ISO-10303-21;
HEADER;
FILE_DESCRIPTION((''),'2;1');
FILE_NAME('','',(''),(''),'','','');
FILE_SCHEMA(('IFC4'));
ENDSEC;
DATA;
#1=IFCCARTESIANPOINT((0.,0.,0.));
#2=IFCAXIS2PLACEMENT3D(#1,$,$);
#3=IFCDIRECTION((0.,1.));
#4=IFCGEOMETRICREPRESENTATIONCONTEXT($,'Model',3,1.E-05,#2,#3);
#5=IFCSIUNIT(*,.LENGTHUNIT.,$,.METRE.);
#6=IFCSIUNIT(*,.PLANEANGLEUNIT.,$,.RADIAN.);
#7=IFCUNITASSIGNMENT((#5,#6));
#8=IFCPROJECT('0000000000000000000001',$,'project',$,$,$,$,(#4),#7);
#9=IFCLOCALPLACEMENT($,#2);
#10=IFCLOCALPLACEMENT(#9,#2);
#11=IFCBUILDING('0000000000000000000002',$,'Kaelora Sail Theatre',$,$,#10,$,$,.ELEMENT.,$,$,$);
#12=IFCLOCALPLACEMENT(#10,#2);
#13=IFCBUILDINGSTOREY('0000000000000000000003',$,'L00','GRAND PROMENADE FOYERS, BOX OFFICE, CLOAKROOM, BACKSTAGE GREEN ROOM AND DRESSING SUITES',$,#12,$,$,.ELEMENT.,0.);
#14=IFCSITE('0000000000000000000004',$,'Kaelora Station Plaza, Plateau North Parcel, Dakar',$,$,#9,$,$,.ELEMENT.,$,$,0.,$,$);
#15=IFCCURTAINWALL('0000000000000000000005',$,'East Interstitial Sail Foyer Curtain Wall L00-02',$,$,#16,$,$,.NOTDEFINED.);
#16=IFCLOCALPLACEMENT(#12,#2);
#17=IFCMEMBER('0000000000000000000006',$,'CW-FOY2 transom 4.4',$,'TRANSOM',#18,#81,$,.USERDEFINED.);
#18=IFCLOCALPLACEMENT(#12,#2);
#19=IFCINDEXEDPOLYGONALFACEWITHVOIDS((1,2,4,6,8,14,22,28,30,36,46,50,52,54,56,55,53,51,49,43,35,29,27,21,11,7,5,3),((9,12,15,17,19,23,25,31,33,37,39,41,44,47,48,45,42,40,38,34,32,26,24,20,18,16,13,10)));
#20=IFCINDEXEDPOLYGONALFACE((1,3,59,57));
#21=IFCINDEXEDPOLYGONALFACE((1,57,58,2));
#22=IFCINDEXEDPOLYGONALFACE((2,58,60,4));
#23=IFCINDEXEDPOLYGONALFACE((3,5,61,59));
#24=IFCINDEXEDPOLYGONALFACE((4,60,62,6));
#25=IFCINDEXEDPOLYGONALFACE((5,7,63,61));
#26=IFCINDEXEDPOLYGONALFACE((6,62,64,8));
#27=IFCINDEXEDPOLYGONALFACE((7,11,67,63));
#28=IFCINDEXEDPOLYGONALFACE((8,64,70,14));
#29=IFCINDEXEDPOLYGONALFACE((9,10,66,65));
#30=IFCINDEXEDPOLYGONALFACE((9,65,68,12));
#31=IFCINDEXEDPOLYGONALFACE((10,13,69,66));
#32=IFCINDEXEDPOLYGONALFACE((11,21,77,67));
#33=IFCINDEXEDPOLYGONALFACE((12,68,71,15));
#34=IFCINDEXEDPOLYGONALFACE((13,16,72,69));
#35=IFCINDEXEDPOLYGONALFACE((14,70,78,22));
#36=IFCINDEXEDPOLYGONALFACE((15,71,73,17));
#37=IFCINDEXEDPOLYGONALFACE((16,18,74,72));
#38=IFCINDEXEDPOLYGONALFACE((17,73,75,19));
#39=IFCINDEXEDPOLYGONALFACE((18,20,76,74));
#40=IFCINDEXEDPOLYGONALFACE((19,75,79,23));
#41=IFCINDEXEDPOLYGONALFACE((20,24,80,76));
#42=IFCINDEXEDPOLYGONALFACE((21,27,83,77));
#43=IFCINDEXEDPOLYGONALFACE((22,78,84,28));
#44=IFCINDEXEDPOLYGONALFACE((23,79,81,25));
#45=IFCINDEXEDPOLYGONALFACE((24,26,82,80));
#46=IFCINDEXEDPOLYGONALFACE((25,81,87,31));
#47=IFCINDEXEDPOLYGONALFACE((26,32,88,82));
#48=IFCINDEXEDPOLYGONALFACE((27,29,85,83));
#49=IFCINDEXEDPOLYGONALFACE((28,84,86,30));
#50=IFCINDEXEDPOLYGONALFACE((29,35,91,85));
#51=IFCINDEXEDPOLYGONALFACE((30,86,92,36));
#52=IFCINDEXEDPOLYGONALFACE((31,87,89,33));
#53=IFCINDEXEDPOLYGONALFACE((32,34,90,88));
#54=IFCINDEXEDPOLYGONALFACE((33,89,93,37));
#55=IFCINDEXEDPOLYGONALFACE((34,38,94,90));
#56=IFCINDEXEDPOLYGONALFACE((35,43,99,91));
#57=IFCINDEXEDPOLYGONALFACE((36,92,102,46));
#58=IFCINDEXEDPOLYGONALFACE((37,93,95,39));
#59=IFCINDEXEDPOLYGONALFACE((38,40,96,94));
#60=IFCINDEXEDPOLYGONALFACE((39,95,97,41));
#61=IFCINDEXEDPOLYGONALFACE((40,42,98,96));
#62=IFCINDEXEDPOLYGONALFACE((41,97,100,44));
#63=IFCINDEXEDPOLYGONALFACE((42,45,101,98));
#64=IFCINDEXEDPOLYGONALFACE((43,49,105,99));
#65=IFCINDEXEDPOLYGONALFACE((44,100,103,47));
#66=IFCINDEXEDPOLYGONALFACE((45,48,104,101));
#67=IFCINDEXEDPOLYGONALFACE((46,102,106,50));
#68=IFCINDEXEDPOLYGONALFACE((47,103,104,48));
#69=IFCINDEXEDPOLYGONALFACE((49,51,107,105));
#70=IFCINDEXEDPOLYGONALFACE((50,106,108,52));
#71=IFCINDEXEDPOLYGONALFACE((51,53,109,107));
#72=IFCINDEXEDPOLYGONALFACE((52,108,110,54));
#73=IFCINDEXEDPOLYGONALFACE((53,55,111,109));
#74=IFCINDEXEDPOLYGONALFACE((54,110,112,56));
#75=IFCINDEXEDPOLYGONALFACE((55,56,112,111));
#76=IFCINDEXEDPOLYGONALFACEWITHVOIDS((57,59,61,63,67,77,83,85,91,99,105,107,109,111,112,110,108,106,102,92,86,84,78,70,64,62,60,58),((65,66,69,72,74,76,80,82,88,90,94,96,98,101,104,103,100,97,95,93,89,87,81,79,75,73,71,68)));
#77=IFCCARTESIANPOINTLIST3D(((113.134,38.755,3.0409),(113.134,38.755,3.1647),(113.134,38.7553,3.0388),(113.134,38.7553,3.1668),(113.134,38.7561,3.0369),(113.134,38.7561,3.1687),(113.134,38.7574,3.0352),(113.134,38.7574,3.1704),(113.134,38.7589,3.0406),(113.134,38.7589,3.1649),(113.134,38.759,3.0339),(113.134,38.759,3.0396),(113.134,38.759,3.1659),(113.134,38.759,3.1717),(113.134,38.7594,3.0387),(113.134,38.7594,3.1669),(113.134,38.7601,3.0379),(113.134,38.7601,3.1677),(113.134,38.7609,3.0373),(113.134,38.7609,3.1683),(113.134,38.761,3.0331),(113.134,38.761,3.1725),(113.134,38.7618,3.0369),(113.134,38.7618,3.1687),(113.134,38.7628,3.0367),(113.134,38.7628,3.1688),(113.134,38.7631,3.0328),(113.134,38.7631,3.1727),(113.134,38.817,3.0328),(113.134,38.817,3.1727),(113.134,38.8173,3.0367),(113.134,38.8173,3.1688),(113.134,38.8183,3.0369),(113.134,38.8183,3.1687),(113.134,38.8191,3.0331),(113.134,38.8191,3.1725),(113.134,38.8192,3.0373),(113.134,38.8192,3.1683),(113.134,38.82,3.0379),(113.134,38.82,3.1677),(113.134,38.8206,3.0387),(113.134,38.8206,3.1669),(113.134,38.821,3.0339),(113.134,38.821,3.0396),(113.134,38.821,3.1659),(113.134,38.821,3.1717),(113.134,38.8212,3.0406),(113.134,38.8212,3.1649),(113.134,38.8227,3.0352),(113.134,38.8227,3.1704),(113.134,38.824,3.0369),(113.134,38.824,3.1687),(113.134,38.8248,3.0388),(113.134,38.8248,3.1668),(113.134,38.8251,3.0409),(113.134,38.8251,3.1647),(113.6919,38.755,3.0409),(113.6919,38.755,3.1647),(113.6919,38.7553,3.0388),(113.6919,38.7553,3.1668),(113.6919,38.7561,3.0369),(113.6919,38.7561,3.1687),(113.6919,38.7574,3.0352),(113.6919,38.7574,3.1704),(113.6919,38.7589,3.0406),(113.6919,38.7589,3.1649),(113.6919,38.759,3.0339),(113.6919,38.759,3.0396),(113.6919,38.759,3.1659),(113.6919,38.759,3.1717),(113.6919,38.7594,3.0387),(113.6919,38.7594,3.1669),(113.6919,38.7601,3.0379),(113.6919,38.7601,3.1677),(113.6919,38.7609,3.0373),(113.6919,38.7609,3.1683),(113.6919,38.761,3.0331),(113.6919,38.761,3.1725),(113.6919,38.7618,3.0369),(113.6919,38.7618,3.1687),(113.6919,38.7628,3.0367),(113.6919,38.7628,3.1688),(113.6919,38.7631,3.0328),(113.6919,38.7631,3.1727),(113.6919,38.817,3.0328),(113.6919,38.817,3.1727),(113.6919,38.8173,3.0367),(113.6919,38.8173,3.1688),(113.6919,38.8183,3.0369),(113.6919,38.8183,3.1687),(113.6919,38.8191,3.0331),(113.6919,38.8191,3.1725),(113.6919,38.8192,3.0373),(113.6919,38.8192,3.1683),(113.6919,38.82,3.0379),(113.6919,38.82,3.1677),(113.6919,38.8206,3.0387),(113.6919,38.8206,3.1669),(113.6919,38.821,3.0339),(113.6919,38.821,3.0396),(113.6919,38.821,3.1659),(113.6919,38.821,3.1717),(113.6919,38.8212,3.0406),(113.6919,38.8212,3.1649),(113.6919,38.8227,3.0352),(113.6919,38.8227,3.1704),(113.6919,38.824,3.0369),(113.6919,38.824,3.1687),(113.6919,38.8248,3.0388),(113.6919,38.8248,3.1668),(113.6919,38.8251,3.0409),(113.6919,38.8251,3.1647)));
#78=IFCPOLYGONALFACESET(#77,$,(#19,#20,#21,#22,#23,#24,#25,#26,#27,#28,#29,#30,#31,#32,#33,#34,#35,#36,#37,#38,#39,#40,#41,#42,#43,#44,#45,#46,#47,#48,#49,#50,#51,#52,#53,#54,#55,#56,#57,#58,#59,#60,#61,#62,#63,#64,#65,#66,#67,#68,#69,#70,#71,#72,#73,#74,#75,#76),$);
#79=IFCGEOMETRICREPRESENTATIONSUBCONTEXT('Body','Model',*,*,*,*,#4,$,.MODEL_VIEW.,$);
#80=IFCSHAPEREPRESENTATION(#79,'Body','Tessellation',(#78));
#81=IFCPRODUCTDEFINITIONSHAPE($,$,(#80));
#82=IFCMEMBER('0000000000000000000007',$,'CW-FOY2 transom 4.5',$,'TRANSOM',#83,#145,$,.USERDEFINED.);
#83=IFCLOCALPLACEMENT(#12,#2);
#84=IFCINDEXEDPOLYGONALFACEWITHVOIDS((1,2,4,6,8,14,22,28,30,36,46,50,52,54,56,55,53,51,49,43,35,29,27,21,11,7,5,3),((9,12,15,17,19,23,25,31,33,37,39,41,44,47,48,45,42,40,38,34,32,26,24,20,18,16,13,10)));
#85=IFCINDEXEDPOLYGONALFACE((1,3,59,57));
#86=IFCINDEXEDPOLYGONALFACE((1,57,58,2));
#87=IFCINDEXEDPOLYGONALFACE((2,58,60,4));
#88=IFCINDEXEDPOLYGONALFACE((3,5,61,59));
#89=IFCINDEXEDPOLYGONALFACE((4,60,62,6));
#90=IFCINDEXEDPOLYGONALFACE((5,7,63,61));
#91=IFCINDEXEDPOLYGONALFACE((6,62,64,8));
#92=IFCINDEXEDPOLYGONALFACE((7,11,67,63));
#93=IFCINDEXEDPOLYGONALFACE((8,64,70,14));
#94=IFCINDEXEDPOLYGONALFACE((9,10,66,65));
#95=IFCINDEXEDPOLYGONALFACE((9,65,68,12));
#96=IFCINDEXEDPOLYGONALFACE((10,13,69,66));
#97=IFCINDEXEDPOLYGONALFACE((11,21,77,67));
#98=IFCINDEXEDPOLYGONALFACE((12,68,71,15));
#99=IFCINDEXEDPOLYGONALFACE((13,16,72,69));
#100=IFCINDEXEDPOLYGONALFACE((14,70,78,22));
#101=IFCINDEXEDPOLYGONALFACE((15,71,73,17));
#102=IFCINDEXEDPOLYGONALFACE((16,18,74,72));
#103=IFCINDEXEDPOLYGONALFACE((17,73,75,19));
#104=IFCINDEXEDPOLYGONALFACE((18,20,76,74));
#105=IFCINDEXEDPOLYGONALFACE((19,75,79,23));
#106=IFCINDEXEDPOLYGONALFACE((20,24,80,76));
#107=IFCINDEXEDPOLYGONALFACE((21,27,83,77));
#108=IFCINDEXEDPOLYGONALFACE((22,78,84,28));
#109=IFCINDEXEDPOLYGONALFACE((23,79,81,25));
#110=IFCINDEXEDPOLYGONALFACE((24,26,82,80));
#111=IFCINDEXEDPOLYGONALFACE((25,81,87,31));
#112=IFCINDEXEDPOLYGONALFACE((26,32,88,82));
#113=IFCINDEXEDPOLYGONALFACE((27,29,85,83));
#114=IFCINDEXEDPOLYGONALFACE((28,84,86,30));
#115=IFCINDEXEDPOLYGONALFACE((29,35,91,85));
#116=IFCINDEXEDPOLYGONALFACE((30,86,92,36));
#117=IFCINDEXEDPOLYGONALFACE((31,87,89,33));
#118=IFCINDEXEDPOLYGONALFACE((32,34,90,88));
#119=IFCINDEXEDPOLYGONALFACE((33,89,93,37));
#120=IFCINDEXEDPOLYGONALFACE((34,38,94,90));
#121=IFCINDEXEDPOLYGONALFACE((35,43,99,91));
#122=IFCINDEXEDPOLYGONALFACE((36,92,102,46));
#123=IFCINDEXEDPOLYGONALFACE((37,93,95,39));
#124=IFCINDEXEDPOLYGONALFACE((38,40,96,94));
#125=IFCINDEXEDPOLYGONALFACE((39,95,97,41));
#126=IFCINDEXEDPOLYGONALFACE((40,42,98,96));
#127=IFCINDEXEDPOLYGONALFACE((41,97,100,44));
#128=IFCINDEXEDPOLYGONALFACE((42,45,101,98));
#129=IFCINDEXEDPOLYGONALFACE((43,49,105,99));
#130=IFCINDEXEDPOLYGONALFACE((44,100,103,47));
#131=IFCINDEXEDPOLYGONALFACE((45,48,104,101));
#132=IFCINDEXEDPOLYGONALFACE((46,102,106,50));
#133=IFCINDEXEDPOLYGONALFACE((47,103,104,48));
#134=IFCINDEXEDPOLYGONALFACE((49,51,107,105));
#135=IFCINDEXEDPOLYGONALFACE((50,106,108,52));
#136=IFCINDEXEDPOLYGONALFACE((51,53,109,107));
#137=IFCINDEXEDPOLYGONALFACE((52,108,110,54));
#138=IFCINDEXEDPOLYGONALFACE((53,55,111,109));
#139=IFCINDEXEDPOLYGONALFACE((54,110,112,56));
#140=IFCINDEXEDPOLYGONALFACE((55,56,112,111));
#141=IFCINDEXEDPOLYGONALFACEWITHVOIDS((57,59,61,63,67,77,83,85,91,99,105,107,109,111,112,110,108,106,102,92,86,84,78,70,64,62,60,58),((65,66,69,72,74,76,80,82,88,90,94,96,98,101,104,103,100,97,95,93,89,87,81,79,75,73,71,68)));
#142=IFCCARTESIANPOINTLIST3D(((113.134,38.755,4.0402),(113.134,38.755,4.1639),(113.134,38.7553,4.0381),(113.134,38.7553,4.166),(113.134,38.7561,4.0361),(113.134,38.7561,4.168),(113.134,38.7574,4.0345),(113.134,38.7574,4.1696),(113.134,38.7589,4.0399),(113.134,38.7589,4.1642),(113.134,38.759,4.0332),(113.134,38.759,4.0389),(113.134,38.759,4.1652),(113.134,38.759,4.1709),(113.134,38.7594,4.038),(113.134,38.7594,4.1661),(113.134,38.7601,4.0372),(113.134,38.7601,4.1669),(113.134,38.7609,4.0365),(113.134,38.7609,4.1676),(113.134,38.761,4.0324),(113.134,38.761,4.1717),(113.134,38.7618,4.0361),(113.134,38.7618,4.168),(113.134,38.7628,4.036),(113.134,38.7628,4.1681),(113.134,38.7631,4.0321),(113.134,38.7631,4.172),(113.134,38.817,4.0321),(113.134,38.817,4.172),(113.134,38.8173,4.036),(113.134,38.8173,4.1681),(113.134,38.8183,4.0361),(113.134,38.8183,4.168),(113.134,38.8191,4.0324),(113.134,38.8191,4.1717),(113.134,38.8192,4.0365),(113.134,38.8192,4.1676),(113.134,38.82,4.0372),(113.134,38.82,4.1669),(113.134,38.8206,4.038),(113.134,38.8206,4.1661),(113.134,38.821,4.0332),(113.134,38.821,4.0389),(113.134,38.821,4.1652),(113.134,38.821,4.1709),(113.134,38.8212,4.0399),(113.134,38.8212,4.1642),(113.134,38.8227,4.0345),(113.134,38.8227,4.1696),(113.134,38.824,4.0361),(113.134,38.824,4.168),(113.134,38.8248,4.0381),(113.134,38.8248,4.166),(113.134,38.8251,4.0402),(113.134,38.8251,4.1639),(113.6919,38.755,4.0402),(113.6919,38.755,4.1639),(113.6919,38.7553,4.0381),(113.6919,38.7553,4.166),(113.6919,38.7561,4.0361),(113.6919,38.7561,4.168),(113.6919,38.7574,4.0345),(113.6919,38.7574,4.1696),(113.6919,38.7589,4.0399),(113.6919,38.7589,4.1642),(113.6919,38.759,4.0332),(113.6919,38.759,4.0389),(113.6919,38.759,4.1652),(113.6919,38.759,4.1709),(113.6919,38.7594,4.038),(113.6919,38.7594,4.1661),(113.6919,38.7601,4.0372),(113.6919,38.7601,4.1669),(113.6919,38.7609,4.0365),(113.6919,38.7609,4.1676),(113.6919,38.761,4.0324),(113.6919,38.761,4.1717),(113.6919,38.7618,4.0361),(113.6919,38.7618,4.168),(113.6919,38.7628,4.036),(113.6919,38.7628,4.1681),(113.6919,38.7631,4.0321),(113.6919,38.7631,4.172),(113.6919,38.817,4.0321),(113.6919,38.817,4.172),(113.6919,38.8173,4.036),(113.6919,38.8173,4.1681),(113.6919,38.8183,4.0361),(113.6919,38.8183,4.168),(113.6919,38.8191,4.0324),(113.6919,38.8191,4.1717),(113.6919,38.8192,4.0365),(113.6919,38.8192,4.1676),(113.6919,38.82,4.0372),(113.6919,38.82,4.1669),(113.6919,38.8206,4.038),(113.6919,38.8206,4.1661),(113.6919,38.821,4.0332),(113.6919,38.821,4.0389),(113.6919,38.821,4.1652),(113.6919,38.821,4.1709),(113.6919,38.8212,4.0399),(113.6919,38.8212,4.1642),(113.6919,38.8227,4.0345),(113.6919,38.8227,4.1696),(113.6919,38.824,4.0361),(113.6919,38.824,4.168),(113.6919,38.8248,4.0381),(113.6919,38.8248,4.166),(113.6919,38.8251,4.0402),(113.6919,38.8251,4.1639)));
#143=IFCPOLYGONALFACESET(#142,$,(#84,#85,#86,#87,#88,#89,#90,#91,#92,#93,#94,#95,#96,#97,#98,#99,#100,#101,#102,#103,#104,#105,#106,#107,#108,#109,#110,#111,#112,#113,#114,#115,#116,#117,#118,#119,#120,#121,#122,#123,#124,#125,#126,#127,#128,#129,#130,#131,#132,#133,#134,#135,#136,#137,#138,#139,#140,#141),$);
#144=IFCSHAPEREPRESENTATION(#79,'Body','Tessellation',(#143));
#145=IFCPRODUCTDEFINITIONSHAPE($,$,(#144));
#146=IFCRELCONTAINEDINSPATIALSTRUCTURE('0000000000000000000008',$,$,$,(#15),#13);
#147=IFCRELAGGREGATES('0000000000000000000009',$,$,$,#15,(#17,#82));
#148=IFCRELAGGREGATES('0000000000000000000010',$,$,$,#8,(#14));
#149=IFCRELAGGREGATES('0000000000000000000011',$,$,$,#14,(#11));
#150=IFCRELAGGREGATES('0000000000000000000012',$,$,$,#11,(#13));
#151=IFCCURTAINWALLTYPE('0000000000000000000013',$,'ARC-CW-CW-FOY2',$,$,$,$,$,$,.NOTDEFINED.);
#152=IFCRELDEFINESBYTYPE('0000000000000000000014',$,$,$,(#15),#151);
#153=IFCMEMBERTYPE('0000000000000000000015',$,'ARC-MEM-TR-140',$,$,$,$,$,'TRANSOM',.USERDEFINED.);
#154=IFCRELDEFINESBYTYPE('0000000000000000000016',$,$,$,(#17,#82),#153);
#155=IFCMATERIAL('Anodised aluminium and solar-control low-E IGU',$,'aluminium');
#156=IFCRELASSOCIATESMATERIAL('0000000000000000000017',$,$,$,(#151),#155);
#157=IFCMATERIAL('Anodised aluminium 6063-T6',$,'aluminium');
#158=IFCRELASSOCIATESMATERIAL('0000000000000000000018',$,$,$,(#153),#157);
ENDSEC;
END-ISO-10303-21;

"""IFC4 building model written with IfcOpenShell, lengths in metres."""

from ifc_helpers import new_model, si_unit, direction, frame, origin, origin_2d, place, context, subcontext, project, spatial, hollow_rectangle, extrude, material, material_profile, profile_set, type_object, element, aggregate, save


model = new_model("IFC4")

# Units and contexts
model_context = context("Model", 3, precision=1e-05, world=origin(), true_north=direction((0.0, 1.0)))
body_context = subcontext(model_context, "Body", "Model", "MODEL_VIEW")
ifc_project = project(units=[si_unit("LENGTHUNIT", "METRE"), si_unit("PLANEANGLEUNIT", "RADIAN")], contexts=[model_context])

# Site, building, storey
site_placement = place(None, origin())
site = spatial("IfcSite", under=ifc_project, at=site_placement, Name="Kaelora Station Plaza, Plateau North Parcel, Dakar", CompositionType="ELEMENT", RefElevation=0.0)
building_placement = place(site_placement, origin())
building = spatial("IfcBuilding", under=site, at=building_placement, Name="Kaelora Sail Theatre", CompositionType="ELEMENT")
storey_placement = place(building_placement, origin())
storey = spatial("IfcBuildingStorey", under=building, at=storey_placement, Name="L00", Description="GRAND PROMENADE FOYERS, BOX OFFICE, CLOAKROOM, BACKSTAGE GREEN ROOM AND DRESSING SUITES", CompositionType="ELEMENT", Elevation=0.0)

# Curtain wall, members
ifc_material_1 = material(Name="Anodised aluminium and solar-control low-E IGU", Category="aluminium")
curtain_wall_type = type_object("IfcCurtainWallType", Name="ARC-CW-CW-FOY2", PredefinedType="NOTDEFINED", material=ifc_material_1)
curtain_wall_placement = place(storey_placement, origin())
curtain_wall = element("IfcCurtainWall", 1, at=curtain_wall_placement, inside=storey, type_object=curtain_wall_type, Name="East Interstitial Sail Foyer Curtain Wall L00-02", PredefinedType="NOTDEFINED")
ifc_material_2 = material(Name="Anodised aluminium 6063-T6", Category="aluminium")
ifc_material_profile_1 = material_profile(ifc_material_2, hollow_rectangle(XDim=0.0701, YDim=0.1399, WallThickness=0.0039, InnerFilletRadius=0.0039, OuterFilletRadius=0.0081, at=origin_2d()), Name="ALU-TRAN 70x140x4")
ifc_profile_set_1 = profile_set([ifc_material_profile_1], Name="Anodised aluminium 6063-T6")
member_type_1 = type_object("IfcMemberType", Name="ARC-MEM-TR-140", ElementType="TRANSOM", PredefinedType="USERDEFINED", material=ifc_profile_set_1)
member_1_placement = place(storey_placement, frame((113.134, 38.79, 3.1028), z_axis=(1.0, 0.0, 0.0), x_axis=(0.0, 1.0, 0.0)))
member_1 = element("IfcMember", 2, at=member_1_placement, type_object=member_type_1, Name="CW-FOY2 transom 4.4", ObjectType="TRANSOM", PredefinedType="USERDEFINED", context=body_context, shape_type="SweptSolid", body=[
    extrude(hollow_rectangle(XDim=0.0701, YDim=0.1399, WallThickness=0.0039, InnerFilletRadius=0.0039, OuterFilletRadius=0.0081, at=origin_2d()), origin(), (0.0, 0.0, 1.0), 0.5579),
])
member_2_placement = place(storey_placement, frame((113.134, 38.79, 4.1021), z_axis=(1.0, 0.0, 0.0), x_axis=(0.0, 1.0, 0.0)))
member_2 = element("IfcMember", 3, at=member_2_placement, type_object=member_type_1, Name="CW-FOY2 transom 4.5", ObjectType="TRANSOM", PredefinedType="USERDEFINED", context=body_context, shape_type="SweptSolid", body=[
    extrude(hollow_rectangle(XDim=0.0701, YDim=0.1399, WallThickness=0.0039, InnerFilletRadius=0.0039, OuterFilletRadius=0.0081, at=origin_2d()), origin(), (0.0, 0.0, 1.0), 0.5579),
])
aggregate(curtain_wall, [member_1, member_2])

save(model, "model.ifc")
